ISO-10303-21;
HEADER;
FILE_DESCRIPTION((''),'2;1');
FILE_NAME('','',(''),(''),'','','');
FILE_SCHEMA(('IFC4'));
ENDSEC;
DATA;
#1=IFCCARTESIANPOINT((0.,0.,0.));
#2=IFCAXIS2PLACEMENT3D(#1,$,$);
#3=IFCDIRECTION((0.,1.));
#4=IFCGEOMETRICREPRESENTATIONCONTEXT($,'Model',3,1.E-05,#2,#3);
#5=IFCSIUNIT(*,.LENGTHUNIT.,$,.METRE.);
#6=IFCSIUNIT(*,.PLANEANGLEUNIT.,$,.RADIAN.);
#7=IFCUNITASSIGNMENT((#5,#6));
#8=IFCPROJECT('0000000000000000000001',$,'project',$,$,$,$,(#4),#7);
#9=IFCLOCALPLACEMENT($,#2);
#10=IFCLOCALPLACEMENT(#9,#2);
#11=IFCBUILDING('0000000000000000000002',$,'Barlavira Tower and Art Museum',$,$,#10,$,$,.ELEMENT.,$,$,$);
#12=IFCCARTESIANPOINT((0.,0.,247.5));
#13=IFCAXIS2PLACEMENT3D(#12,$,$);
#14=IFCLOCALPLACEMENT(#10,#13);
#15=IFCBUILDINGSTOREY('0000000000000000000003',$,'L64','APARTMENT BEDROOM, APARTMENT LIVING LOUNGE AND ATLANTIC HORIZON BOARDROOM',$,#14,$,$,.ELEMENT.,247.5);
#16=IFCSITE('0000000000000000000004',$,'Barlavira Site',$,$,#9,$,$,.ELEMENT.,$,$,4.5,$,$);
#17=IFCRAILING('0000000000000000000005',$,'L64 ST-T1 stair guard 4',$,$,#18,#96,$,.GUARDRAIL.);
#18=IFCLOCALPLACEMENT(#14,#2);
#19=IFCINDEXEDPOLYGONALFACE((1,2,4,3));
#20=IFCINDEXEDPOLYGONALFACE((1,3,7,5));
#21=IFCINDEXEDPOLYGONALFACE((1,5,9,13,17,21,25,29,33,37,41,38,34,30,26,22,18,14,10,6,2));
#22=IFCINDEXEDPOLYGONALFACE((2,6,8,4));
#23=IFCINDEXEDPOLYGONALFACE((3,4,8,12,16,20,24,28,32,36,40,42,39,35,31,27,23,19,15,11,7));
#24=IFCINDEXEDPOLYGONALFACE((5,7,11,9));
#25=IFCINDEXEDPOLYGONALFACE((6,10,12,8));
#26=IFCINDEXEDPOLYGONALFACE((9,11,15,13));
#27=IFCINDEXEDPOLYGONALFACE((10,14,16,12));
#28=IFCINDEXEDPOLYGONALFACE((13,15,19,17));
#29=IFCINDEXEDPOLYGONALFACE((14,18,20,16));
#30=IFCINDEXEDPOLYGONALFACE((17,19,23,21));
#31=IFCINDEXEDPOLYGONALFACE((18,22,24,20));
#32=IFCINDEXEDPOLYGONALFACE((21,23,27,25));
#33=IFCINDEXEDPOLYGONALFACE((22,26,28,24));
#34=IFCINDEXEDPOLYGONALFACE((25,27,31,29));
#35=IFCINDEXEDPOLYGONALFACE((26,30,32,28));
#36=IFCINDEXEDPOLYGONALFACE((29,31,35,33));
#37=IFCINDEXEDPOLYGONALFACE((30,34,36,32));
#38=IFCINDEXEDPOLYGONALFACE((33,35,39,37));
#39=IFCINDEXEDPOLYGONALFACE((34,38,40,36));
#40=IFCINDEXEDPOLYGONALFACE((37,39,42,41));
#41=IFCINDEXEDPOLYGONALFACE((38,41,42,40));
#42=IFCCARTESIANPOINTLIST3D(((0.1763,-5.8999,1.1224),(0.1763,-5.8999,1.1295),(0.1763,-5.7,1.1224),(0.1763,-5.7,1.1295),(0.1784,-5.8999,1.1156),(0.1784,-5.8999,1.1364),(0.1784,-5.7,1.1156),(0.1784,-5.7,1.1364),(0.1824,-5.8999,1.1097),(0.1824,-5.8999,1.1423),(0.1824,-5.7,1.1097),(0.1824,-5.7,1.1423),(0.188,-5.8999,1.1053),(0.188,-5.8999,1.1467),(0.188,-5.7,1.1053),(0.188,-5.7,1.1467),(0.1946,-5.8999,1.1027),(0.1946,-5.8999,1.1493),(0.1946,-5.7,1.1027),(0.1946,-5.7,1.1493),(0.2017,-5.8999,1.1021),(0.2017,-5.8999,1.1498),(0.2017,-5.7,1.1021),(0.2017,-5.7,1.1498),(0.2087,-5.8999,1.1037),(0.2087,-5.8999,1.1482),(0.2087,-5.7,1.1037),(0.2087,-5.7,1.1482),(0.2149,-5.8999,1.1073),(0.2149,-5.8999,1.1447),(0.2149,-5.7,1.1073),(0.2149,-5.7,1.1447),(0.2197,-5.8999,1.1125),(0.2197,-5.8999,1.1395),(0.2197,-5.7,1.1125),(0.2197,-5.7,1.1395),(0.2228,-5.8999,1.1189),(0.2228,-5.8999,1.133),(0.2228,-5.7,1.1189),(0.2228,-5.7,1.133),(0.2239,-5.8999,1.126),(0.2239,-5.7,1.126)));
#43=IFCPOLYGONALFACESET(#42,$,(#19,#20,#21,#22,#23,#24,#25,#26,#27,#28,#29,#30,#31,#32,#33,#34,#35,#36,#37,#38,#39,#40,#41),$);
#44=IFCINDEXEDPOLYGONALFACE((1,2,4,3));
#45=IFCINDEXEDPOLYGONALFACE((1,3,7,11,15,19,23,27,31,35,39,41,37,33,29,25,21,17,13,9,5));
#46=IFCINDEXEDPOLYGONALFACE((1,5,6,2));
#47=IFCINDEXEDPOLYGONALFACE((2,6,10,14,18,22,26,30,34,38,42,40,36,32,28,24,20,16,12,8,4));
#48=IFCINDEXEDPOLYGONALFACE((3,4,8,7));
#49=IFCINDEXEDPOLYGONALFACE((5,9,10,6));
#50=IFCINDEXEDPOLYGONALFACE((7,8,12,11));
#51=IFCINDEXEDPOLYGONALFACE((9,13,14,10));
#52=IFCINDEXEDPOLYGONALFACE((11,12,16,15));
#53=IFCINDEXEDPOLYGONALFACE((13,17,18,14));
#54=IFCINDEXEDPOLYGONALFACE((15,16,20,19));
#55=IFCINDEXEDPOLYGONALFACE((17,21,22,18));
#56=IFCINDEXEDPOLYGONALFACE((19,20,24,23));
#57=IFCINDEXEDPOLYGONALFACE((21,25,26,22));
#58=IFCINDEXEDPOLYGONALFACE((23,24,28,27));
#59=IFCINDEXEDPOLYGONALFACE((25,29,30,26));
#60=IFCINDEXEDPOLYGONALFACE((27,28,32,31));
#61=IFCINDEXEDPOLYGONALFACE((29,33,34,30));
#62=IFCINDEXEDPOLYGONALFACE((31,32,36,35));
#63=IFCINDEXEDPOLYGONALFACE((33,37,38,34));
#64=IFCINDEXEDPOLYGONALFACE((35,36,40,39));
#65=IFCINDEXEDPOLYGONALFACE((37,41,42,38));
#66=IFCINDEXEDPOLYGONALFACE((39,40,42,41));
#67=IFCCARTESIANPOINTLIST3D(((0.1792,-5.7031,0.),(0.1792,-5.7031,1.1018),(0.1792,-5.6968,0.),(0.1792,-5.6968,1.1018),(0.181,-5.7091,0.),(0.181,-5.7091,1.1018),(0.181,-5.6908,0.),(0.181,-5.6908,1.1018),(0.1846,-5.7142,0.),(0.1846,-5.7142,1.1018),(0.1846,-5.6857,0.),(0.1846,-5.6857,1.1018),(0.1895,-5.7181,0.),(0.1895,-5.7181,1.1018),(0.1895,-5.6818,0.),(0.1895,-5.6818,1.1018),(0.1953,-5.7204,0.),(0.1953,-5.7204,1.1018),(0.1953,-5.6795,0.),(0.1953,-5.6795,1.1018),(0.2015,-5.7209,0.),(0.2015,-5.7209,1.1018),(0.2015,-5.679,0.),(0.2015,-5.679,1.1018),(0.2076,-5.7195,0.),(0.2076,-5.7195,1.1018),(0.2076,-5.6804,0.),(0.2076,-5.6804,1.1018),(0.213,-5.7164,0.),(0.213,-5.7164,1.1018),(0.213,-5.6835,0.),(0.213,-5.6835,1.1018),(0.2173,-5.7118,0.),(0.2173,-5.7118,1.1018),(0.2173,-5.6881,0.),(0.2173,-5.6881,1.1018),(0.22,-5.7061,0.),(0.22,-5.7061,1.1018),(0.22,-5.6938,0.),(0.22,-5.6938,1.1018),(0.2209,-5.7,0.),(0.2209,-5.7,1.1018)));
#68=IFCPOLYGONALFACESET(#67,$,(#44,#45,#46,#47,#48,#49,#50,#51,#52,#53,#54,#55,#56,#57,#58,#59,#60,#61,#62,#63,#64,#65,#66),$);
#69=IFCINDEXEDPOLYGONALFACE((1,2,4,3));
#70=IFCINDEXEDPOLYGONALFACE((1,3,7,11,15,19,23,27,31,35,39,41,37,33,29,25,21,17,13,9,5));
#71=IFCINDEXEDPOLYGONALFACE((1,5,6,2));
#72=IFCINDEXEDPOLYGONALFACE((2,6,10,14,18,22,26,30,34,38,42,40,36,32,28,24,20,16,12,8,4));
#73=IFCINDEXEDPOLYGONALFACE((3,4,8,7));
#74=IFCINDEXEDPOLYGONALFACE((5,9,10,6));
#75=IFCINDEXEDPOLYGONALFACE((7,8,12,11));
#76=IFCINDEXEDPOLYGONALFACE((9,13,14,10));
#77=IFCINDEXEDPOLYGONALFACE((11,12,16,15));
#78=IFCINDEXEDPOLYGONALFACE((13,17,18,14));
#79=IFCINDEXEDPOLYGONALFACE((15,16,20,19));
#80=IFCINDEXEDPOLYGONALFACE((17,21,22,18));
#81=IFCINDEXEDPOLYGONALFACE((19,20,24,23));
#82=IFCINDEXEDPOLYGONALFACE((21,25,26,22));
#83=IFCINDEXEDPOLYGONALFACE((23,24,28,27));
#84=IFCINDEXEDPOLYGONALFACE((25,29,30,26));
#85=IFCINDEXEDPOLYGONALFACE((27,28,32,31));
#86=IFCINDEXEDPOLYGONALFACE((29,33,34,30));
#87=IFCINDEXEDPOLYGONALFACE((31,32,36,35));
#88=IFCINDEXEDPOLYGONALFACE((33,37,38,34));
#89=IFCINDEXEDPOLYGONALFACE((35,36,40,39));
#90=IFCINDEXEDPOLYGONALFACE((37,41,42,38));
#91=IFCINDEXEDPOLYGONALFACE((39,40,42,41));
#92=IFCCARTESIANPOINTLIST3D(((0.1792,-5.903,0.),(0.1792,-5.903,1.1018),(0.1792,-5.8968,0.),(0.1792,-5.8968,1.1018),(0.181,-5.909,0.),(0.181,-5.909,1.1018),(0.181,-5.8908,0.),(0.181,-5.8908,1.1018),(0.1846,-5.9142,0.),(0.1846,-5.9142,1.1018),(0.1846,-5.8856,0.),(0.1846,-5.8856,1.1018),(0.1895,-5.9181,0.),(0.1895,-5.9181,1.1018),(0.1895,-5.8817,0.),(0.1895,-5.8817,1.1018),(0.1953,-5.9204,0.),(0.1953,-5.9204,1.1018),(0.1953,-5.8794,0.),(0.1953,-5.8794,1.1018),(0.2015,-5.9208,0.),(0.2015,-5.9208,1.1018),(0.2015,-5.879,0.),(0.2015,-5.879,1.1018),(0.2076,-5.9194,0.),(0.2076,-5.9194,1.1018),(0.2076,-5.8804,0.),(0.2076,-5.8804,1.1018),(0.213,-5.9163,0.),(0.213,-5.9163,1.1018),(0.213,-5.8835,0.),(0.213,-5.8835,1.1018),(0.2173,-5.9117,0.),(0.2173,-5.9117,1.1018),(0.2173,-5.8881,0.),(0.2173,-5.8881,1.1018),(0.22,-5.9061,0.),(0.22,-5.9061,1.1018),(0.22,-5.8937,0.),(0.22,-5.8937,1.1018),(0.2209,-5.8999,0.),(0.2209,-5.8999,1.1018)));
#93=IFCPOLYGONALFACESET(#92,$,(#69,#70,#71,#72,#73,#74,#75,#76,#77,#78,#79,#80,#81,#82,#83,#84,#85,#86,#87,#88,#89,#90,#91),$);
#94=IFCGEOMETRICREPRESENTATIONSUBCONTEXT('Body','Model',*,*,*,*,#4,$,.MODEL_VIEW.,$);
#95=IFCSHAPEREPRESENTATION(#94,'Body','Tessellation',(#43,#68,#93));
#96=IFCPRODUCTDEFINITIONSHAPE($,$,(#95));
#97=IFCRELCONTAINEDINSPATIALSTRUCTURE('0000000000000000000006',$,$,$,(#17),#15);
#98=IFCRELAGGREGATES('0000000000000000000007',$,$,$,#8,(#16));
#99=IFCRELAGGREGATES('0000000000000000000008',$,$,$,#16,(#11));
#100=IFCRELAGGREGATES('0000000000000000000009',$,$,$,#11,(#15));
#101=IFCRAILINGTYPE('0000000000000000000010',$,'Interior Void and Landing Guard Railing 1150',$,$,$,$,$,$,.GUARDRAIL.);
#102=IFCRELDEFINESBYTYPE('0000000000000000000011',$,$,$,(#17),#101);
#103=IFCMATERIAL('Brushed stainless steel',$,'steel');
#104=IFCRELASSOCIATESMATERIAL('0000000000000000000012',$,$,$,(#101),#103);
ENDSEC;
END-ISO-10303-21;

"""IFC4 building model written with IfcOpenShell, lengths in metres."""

from ifc_helpers import new_model, si_unit, direction, frame, origin, origin_2d, place, context, subcontext, project, spatial, circle, extrude, material, type_object, element, save


model = new_model("IFC4")

# Units and contexts
model_context = context("Model", 3, precision=1e-05, world=origin(), true_north=direction((0.0, 1.0)))
body_context = subcontext(model_context, "Body", "Model", "MODEL_VIEW")
ifc_project = project(units=[si_unit("LENGTHUNIT", "METRE"), si_unit("PLANEANGLEUNIT", "RADIAN")], contexts=[model_context])

# Site, building, storey
site_placement = place(None, origin())
site = spatial("IfcSite", under=ifc_project, at=site_placement, Name="Barlavira Site", CompositionType="ELEMENT", RefElevation=4.5)
building_placement = place(site_placement, origin())
building = spatial("IfcBuilding", under=site, at=building_placement, Name="Barlavira Tower and Art Museum", CompositionType="ELEMENT")
storey_placement = place(building_placement, frame((0.0, 0.0, 247.5)))
storey = spatial("IfcBuildingStorey", under=building, at=storey_placement, Name="L64", Description="APARTMENT BEDROOM, APARTMENT LIVING LOUNGE AND ATLANTIC HORIZON BOARDROOM", CompositionType="ELEMENT", Elevation=247.5)

# Shared definitions
ifc_material_1 = material(Name="Brushed stainless steel", Category="steel")

# Railing
railing_type_1 = type_object("IfcRailingType", Name="Interior Void and Landing Guard Railing 1150", PredefinedType="GUARDRAIL", material=ifc_material_1)
railing_1_placement = place(storey_placement, frame((0.2, -5.7, 0.0)))
element("IfcRailing", 1, at=railing_1_placement, inside=storey, type_object=railing_type_1, Name="L64 ST-T1 stair guard 4", PredefinedType="GUARDRAIL", context=body_context, shape_type="SweptSolid", body=[
    extrude(circle(Radius=0.0239, at=origin_2d()), frame((0.0, 0.0, 1.126), z_axis=(0.0, -1.0, 0.0), x_axis=(1.0, 0.0, 0.0)), (0.0, 0.0, 1.0), 0.2),
    extrude(circle(Radius=0.021, at=origin_2d()), origin(), (0.0, 0.0, 1.0), 1.1018),
    extrude(circle(Radius=0.021, at=origin_2d()), frame((0.0, -0.2, 0.0)), (0.0, 0.0, 1.0), 1.1018),
])

save(model, "model.ifc")
